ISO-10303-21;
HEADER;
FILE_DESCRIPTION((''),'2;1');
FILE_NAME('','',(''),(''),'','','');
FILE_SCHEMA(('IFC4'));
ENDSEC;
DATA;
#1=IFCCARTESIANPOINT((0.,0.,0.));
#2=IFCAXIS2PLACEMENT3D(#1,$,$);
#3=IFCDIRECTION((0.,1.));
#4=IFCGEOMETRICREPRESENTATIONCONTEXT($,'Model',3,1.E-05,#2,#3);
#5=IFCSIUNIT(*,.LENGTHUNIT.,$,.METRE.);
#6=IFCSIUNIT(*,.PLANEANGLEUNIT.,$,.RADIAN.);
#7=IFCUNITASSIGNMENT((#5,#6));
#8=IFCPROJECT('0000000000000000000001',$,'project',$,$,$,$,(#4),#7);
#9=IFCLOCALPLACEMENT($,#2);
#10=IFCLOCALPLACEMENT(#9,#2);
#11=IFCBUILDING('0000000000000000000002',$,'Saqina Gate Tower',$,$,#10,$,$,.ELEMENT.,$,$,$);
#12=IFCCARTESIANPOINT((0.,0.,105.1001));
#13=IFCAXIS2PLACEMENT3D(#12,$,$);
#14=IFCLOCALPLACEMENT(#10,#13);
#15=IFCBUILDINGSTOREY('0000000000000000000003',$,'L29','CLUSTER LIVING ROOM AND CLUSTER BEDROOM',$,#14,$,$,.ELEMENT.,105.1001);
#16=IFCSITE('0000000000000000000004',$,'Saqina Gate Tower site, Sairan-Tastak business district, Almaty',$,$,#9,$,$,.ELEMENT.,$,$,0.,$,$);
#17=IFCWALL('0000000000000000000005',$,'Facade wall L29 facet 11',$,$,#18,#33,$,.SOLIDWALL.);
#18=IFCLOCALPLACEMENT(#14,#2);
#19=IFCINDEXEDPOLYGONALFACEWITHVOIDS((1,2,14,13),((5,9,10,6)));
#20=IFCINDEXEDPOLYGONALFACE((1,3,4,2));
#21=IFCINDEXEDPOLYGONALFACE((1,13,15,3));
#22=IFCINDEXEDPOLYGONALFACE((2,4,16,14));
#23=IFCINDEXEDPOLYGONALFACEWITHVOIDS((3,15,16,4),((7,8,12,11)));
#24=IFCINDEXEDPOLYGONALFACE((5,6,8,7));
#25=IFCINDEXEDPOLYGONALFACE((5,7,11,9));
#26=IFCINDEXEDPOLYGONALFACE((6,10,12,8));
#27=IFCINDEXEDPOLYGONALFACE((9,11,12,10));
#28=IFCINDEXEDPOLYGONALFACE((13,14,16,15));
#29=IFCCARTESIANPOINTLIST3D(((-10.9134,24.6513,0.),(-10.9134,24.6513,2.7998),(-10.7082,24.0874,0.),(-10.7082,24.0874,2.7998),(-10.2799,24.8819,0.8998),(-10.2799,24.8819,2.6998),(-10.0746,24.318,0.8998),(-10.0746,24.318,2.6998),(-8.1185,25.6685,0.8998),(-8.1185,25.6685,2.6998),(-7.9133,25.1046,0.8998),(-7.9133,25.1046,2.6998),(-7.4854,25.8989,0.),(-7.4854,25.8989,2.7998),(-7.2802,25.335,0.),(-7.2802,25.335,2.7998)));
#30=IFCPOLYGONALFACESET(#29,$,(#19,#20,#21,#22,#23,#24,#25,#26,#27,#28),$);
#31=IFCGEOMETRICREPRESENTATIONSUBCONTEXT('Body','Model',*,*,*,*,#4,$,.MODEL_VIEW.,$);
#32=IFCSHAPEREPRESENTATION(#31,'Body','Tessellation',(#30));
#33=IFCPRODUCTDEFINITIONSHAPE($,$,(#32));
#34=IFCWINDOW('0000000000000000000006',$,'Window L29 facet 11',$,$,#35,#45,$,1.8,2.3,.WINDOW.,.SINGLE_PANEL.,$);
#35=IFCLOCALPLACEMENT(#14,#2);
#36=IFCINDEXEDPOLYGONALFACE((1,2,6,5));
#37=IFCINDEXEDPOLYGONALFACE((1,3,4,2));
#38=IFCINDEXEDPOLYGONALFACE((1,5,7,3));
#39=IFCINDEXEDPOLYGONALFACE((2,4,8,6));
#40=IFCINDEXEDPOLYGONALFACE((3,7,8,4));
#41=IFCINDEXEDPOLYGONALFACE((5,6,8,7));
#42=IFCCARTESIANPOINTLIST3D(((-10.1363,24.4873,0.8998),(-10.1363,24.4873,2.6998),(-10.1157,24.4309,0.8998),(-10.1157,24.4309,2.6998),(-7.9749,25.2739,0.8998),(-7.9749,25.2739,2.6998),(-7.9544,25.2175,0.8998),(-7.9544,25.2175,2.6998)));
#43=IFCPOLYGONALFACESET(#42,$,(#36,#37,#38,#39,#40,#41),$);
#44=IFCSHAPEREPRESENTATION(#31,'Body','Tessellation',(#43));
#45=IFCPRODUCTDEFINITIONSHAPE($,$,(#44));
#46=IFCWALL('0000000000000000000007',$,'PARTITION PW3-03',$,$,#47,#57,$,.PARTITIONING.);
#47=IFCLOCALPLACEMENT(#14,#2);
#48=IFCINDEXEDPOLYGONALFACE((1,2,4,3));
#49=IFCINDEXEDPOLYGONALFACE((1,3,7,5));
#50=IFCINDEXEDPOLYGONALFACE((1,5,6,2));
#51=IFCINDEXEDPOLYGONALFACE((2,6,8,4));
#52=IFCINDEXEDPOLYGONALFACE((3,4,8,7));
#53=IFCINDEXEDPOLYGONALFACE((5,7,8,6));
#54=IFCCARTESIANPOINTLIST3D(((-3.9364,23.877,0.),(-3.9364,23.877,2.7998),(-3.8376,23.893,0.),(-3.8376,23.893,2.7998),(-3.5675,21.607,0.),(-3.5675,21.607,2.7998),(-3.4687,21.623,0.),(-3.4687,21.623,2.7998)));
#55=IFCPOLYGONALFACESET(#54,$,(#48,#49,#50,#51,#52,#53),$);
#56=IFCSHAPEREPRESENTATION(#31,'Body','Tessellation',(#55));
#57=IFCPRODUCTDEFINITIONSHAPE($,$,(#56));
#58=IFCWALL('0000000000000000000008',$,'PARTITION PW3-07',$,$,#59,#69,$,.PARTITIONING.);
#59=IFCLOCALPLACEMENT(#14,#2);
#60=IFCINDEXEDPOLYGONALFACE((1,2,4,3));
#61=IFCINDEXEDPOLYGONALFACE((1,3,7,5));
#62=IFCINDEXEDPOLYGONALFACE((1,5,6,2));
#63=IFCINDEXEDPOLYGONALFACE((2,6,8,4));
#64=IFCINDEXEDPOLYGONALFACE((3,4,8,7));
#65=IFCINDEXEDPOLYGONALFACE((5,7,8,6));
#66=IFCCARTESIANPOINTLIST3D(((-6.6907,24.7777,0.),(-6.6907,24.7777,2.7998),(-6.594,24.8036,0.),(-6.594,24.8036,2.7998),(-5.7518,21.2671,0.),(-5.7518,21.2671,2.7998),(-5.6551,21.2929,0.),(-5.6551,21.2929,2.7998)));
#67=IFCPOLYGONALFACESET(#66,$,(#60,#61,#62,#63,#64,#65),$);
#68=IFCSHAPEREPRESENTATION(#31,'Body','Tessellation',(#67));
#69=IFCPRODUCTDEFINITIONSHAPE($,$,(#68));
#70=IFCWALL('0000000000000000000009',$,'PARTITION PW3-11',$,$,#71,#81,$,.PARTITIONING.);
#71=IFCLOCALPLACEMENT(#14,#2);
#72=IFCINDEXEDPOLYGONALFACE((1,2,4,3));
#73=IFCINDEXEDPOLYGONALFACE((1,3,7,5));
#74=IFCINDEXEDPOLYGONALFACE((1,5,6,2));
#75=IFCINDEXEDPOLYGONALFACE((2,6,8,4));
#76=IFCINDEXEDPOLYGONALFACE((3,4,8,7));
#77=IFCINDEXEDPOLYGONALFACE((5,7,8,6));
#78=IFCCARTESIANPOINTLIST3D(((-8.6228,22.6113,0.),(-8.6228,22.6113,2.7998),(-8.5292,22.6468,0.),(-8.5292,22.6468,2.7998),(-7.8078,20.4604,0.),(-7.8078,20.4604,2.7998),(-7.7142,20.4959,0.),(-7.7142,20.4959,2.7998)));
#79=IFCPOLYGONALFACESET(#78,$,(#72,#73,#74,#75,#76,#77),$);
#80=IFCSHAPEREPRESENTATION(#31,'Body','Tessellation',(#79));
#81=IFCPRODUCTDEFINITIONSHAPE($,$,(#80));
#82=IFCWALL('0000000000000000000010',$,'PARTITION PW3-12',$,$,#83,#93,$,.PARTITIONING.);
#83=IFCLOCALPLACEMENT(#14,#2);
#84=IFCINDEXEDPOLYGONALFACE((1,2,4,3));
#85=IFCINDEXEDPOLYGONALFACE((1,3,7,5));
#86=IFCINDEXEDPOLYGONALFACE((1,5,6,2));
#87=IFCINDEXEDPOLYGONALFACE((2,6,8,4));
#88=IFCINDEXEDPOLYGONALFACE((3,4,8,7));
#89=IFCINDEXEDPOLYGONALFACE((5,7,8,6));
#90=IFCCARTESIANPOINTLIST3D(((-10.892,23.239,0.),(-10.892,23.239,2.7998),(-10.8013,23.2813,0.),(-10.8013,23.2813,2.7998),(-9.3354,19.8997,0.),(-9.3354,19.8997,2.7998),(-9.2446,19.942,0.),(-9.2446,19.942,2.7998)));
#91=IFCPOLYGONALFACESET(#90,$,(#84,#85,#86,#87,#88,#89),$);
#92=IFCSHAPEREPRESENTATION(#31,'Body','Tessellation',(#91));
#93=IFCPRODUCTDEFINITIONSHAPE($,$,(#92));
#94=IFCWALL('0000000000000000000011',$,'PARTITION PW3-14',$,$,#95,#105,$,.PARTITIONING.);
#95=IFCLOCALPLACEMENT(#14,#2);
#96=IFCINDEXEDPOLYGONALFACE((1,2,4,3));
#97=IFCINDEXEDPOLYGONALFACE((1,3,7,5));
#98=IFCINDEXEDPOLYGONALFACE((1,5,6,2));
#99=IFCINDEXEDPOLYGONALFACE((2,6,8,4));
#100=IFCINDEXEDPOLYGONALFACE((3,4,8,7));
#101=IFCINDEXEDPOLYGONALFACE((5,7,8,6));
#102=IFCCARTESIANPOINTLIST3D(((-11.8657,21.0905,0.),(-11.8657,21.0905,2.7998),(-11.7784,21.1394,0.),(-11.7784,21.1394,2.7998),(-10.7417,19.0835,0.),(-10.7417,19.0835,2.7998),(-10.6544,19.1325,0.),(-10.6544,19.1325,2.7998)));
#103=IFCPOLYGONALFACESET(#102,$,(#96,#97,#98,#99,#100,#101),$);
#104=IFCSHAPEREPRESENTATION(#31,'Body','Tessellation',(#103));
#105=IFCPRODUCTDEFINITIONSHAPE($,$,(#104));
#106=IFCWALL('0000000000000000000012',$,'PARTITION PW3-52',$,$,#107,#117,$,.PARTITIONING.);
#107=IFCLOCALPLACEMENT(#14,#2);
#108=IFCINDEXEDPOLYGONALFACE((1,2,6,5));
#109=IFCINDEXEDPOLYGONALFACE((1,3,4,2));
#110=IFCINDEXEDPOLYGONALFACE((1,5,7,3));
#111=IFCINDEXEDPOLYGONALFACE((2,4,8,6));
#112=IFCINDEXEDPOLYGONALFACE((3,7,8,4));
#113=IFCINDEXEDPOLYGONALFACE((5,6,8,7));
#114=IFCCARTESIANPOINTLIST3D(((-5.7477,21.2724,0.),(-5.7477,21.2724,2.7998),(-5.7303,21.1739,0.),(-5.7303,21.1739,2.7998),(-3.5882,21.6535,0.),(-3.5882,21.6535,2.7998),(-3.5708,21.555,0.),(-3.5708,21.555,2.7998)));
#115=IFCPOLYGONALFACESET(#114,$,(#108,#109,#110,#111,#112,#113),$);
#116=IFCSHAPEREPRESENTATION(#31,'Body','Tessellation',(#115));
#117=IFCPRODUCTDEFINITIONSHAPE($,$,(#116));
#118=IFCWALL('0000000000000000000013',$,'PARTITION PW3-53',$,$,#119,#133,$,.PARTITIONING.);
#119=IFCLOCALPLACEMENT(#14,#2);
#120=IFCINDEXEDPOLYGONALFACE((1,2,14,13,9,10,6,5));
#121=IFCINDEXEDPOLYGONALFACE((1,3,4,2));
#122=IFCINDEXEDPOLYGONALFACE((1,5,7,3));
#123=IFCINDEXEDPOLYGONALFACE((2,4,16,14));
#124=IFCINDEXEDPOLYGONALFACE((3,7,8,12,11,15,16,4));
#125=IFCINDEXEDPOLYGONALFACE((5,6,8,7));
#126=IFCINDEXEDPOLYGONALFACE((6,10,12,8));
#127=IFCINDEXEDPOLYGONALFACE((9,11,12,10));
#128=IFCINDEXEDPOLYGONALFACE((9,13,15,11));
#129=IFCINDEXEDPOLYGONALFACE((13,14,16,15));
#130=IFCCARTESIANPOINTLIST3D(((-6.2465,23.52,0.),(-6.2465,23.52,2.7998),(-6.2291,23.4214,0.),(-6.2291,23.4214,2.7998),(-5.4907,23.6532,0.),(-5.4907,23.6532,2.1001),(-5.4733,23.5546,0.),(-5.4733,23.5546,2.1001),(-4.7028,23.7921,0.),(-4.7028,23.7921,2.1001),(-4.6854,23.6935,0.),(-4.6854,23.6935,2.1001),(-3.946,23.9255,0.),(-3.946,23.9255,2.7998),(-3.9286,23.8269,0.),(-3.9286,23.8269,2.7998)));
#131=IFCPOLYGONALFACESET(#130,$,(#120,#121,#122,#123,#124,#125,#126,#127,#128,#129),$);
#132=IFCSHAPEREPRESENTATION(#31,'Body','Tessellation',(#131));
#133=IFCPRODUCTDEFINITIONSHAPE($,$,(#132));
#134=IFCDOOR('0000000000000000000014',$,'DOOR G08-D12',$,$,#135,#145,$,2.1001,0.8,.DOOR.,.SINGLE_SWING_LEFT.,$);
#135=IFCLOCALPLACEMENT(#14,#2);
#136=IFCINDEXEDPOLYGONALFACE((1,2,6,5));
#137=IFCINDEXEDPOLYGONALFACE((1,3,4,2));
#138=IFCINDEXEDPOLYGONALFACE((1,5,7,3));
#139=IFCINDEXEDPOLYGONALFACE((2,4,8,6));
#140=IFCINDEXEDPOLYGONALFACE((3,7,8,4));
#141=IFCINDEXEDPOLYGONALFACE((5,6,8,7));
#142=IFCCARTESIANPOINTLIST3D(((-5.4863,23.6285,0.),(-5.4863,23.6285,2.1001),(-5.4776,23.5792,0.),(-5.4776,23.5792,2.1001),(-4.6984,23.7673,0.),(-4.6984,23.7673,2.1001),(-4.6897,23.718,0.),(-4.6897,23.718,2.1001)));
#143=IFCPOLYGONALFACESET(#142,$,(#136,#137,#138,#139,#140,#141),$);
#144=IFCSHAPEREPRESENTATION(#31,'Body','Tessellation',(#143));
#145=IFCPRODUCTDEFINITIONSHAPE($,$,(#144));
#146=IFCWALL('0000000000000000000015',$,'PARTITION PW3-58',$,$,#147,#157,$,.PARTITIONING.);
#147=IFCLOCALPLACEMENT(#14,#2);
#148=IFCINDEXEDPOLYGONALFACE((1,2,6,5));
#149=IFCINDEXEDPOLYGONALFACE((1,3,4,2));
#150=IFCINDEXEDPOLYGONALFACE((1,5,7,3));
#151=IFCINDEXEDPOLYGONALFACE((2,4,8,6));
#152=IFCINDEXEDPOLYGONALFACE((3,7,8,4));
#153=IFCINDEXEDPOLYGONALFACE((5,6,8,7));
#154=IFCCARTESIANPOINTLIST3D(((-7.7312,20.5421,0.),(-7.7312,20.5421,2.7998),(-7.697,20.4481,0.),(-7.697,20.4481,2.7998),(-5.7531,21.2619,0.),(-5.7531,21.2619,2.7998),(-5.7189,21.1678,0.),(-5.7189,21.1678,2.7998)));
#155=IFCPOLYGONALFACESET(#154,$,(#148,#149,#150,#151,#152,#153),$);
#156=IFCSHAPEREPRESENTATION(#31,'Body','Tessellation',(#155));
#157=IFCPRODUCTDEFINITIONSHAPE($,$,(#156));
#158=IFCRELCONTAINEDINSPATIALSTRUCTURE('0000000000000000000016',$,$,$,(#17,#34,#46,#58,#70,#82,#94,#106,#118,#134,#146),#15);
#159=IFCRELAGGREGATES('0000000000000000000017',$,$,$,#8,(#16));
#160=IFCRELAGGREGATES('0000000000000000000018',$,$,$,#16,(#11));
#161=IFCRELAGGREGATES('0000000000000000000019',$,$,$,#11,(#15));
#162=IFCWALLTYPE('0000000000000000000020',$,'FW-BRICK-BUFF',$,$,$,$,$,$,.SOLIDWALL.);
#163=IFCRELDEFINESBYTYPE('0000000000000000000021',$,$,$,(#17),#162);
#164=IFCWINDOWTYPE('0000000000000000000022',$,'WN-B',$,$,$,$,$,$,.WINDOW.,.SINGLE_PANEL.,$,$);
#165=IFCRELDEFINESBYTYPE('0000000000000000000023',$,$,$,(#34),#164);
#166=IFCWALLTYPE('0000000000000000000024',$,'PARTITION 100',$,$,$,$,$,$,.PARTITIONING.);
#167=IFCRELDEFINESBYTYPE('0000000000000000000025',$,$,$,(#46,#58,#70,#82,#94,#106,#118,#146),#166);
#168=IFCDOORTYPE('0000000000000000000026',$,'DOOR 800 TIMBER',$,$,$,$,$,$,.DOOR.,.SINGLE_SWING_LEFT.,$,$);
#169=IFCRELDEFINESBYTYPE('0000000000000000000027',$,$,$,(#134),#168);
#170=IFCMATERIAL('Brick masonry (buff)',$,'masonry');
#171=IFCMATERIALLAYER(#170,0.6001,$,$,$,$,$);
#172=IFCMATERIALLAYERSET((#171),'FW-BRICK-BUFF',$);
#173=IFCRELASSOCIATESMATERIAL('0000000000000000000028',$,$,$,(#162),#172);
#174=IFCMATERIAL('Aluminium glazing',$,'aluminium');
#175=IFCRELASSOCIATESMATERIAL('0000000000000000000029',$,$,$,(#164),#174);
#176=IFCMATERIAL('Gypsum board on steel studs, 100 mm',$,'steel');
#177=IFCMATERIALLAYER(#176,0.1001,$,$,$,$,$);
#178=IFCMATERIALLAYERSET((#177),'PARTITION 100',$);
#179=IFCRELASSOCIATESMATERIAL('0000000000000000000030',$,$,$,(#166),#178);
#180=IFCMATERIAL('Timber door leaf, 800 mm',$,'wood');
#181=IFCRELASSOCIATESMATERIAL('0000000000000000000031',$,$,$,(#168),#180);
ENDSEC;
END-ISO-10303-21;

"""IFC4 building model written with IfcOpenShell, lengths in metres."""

from ifc_helpers import new_model, si_unit, direction, frame, frame_2d, origin, place, context, subcontext, project, spatial, rectangle, extrude, material, layer, layer_set, type_object, element, fill, save


model = new_model("IFC4")

# Units and contexts
model_context = context("Model", 3, precision=1e-05, world=origin(), true_north=direction((0.0, 1.0)))
body_context = subcontext(model_context, "Body", "Model", "MODEL_VIEW")
ifc_project = project(units=[si_unit("LENGTHUNIT", "METRE"), si_unit("PLANEANGLEUNIT", "RADIAN")], contexts=[model_context])

# Site, building, storey
site_placement = place(None, origin())
site = spatial("IfcSite", under=ifc_project, at=site_placement, Name="Saqina Gate Tower site, Sairan-Tastak business district, Almaty", CompositionType="ELEMENT", RefElevation=0.0)
building_placement = place(site_placement, origin())
building = spatial("IfcBuilding", under=site, at=building_placement, Name="Saqina Gate Tower", CompositionType="ELEMENT")
storey_placement = place(building_placement, frame((0.0, 0.0, 105.1001)))
storey = spatial("IfcBuildingStorey", under=building, at=storey_placement, Name="L29", Description="CLUSTER LIVING ROOM AND CLUSTER BEDROOM", CompositionType="ELEMENT", Elevation=105.1001)

# Wall, opening, window
ifc_material_1 = material(Name="Brick masonry (buff)", Category="masonry")
ifc_layer_1 = layer(ifc_material_1, 0.6001)
ifc_layer_set_1 = layer_set([ifc_layer_1], Name="FW-BRICK-BUFF")
wall_type_1 = type_object("IfcWallType", Name="FW-BRICK-BUFF", PredefinedType="SOLIDWALL", material=ifc_layer_set_1)
ifc_material_2 = material(Name="Aluminium glazing", Category="aluminium")
window_type = type_object("IfcWindowType", Name="WN-B", PartitioningType="SINGLE_PANEL", PredefinedType="WINDOW", material=ifc_material_2)
wall_1_placement = place(storey_placement, frame((-7.3828, 25.6169, 0.0), z_axis=(0.0, 0.0, 1.0), x_axis=(-0.939704, -0.34199, 0.0)))
wall_1 = element("IfcWall", 1, at=wall_1_placement, inside=storey, type_object=wall_type_1, Name="Facade wall L29 facet 11", PredefinedType="SOLIDWALL", context=body_context, shape_type="SweptSolid", body=[
    extrude(rectangle(XDim=3.6479, YDim=0.6001, at=frame_2d((1.824, 0.0))), origin(), (0.0, 0.0, 1.0), 2.7998),
])
opening_1_placement = place(wall_1_placement, frame((0.6738, 0.0, 0.8999)))
opening_1 = element("IfcOpeningElement", 2, at=opening_1_placement, cuts=wall_1, PredefinedType="OPENING", context=body_context, shape_type="SweptSolid", body=[
    extrude(rectangle(XDim=2.3, YDim=1.8, at=frame_2d((1.1499, 0.8999))), frame((0.0, 0.312, 0.0), z_axis=(0.0, -1.0, 0.0), x_axis=(1.0, 0.0, 0.0)), (0.0, 0.0, 1.0), 0.624),
])
window_1_placement = place(opening_1_placement, origin())
window_1 = element("IfcWindow", 3, at=window_1_placement, inside=storey, type_object=window_type, Name="Window L29 facet 11", OverallHeight=1.8, OverallWidth=2.3, PartitioningType="SINGLE_PANEL", PredefinedType="WINDOW", context=body_context, shape_type="SweptSolid", body=[
    extrude(rectangle(XDim=2.3, YDim=1.8, at=frame_2d((1.1499, 0.8999))), frame((0.0, 0.1799, 0.0), z_axis=(0.0, -1.0, 0.0), x_axis=(1.0, 0.0, 0.0)), (0.0, 0.0, 1.0), 0.0601),
])
fill(opening_1, window_1)

# Walls
ifc_material_3 = material(Name="Gypsum board on steel studs, 100 mm", Category="steel")
ifc_layer_2 = layer(ifc_material_3, 0.1001)
ifc_layer_set_2 = layer_set([ifc_layer_2], Name="PARTITION 100")
wall_type_2 = type_object("IfcWallType", Name="PARTITION 100", PredefinedType="PARTITIONING", material=ifc_layer_set_2)
wall_2_placement = place(storey_placement, frame((-3.887, 23.885, 0.0), z_axis=(0.0, 0.0, 1.0), x_axis=(0.160404, -0.987051, 0.0)))
element("IfcWall", 4, at=wall_2_placement, inside=storey, type_object=wall_type_2, Name="PARTITION PW3-03", PredefinedType="PARTITIONING", context=body_context, shape_type="SweptSolid", body=[
    extrude(rectangle(XDim=2.2998, YDim=0.1001, at=frame_2d((1.1499, 0.0))), origin(), (0.0, 0.0, 1.0), 2.7998),
])
wall_3_placement = place(storey_placement, frame((-6.6423, 24.7905, 0.0), z_axis=(0.0, 0.0, 1.0), x_axis=(0.258373, -0.966045, 0.0)))
element("IfcWall", 5, at=wall_3_placement, inside=storey, type_object=wall_type_2, Name="PARTITION PW3-07", PredefinedType="PARTITIONING", context=body_context, shape_type="SweptSolid", body=[
    extrude(rectangle(XDim=3.634, YDim=0.1001, at=frame_2d((1.8169, 0.0))), origin(), (0.0, 0.0, 1.0), 2.7998),
])
wall_4_placement = place(storey_placement, frame((-8.5759, 22.6289, 0.0), z_axis=(0.0, 0.0, 1.0), x_axis=(0.354309, -0.935129, 0.0)))
element("IfcWall", 6, at=wall_4_placement, inside=storey, type_object=wall_type_2, Name="PARTITION PW3-11", PredefinedType="PARTITIONING", context=body_context, shape_type="SweptSolid", body=[
    extrude(rectangle(XDim=2.3, YDim=0.1001, at=frame_2d((1.1499, 0.0))), origin(), (0.0, 0.0, 1.0), 2.7998),
])
wall_5_placement = place(storey_placement, frame((-10.8467, 23.2603, 0.0), z_axis=(0.0, 0.0, 1.0), x_axis=(0.422501, -0.906363, 0.0)))
element("IfcWall", 7, at=wall_5_placement, inside=storey, type_object=wall_type_2, Name="PARTITION PW3-12", PredefinedType="PARTITIONING", context=body_context, shape_type="SweptSolid", body=[
    extrude(rectangle(XDim=3.6843, YDim=0.1001, at=frame_2d((1.8423, 0.0))), origin(), (0.0, 0.0, 1.0), 2.7998),
])
wall_6_placement = place(storey_placement, frame((-11.822, 21.115, 0.0), z_axis=(0.0, 0.0, 1.0), x_axis=(0.488623, -0.872495, 0.0)))
element("IfcWall", 8, at=wall_6_placement, inside=storey, type_object=wall_type_2, Name="PARTITION PW3-14", PredefinedType="PARTITIONING", context=body_context, shape_type="SweptSolid", body=[
    extrude(rectangle(XDim=2.3003, YDim=0.1001, at=frame_2d((1.1501, 0.0))), origin(), (0.0, 0.0, 1.0), 2.7998),
])
wall_7_placement = place(storey_placement, frame((-5.739, 21.2231, 0.0), z_axis=(0.0, 0.0, 1.0), x_axis=(0.984781, 0.173798, 0.0)))
element("IfcWall", 9, at=wall_7_placement, inside=storey, type_object=wall_type_2, Name="PARTITION PW3-52", PredefinedType="PARTITIONING", context=body_context, shape_type="SweptSolid", body=[
    extrude(rectangle(XDim=2.1929, YDim=0.1001, at=frame_2d((1.0964, 0.0))), origin(), (0.0, 0.0, 1.0), 2.7998),
])

# Wall, opening, door
wall_8_placement = place(storey_placement, frame((-6.2378, 23.4707, 0.0), z_axis=(0.0, 0.0, 1.0), x_axis=(0.984817, 0.173595, 0.0)))
wall_8 = element("IfcWall", 10, at=wall_8_placement, inside=storey, type_object=wall_type_2, Name="PARTITION PW3-53", PredefinedType="PARTITIONING", context=body_context, shape_type="SweptSolid", body=[
    extrude(rectangle(XDim=2.3359, YDim=0.1001, at=frame_2d((1.168, 0.0))), origin(), (0.0, 0.0, 1.0), 2.7998),
])
opening_2_placement = place(wall_8_placement, frame((0.7676, 0.0, 0.0)))
opening_2 = element("IfcOpeningElement", 11, at=opening_2_placement, cuts=wall_8, PredefinedType="OPENING", context=body_context, shape_type="SweptSolid", body=[
    extrude(rectangle(XDim=0.8, YDim=2.1001, at=frame_2d((0.3999, 1.05))), frame((0.0, 0.062, 0.0), z_axis=(0.0, -1.0, 0.0), x_axis=(1.0, 0.0, 0.0)), (0.0, 0.0, 1.0), 0.124),
])
ifc_material_4 = material(Name="Timber door leaf, 800 mm", Category="wood")
door_type_1 = type_object("IfcDoorType", Name="DOOR 800 TIMBER", OperationType="SINGLE_SWING_LEFT", PredefinedType="DOOR", material=ifc_material_4)
door_1_placement = place(opening_2_placement, origin())
door_1 = element("IfcDoor", 12, at=door_1_placement, inside=storey, type_object=door_type_1, Name="DOOR G08-D12", OperationType="SINGLE_SWING_LEFT", OverallHeight=2.1001, OverallWidth=0.8, PredefinedType="DOOR", context=body_context, shape_type="SweptSolid", body=[
    extrude(rectangle(XDim=0.8, YDim=2.1001, at=frame_2d((0.3999, 1.05))), frame((0.0, 0.0249, 0.0), z_axis=(0.0, -1.0, 0.0), x_axis=(1.0, 0.0, 0.0)), (0.0, 0.0, 1.0), 0.05),
])
fill(opening_2, door_1)

# Wall
wall_9_placement = place(storey_placement, frame((-7.7141, 20.4951, 0.0), z_axis=(0.0, 0.0, 1.0), x_axis=(0.939726, 0.341929, 0.0)))
element("IfcWall", 13, at=wall_9_placement, inside=storey, type_object=wall_type_2, Name="PARTITION PW3-58", PredefinedType="PARTITIONING", context=body_context, shape_type="SweptSolid", body=[
    extrude(rectangle(XDim=2.105, YDim=0.1001, at=frame_2d((1.0525, 0.0))), origin(), (0.0, 0.0, 1.0), 2.7998),
])

save(model, "model.ifc")
